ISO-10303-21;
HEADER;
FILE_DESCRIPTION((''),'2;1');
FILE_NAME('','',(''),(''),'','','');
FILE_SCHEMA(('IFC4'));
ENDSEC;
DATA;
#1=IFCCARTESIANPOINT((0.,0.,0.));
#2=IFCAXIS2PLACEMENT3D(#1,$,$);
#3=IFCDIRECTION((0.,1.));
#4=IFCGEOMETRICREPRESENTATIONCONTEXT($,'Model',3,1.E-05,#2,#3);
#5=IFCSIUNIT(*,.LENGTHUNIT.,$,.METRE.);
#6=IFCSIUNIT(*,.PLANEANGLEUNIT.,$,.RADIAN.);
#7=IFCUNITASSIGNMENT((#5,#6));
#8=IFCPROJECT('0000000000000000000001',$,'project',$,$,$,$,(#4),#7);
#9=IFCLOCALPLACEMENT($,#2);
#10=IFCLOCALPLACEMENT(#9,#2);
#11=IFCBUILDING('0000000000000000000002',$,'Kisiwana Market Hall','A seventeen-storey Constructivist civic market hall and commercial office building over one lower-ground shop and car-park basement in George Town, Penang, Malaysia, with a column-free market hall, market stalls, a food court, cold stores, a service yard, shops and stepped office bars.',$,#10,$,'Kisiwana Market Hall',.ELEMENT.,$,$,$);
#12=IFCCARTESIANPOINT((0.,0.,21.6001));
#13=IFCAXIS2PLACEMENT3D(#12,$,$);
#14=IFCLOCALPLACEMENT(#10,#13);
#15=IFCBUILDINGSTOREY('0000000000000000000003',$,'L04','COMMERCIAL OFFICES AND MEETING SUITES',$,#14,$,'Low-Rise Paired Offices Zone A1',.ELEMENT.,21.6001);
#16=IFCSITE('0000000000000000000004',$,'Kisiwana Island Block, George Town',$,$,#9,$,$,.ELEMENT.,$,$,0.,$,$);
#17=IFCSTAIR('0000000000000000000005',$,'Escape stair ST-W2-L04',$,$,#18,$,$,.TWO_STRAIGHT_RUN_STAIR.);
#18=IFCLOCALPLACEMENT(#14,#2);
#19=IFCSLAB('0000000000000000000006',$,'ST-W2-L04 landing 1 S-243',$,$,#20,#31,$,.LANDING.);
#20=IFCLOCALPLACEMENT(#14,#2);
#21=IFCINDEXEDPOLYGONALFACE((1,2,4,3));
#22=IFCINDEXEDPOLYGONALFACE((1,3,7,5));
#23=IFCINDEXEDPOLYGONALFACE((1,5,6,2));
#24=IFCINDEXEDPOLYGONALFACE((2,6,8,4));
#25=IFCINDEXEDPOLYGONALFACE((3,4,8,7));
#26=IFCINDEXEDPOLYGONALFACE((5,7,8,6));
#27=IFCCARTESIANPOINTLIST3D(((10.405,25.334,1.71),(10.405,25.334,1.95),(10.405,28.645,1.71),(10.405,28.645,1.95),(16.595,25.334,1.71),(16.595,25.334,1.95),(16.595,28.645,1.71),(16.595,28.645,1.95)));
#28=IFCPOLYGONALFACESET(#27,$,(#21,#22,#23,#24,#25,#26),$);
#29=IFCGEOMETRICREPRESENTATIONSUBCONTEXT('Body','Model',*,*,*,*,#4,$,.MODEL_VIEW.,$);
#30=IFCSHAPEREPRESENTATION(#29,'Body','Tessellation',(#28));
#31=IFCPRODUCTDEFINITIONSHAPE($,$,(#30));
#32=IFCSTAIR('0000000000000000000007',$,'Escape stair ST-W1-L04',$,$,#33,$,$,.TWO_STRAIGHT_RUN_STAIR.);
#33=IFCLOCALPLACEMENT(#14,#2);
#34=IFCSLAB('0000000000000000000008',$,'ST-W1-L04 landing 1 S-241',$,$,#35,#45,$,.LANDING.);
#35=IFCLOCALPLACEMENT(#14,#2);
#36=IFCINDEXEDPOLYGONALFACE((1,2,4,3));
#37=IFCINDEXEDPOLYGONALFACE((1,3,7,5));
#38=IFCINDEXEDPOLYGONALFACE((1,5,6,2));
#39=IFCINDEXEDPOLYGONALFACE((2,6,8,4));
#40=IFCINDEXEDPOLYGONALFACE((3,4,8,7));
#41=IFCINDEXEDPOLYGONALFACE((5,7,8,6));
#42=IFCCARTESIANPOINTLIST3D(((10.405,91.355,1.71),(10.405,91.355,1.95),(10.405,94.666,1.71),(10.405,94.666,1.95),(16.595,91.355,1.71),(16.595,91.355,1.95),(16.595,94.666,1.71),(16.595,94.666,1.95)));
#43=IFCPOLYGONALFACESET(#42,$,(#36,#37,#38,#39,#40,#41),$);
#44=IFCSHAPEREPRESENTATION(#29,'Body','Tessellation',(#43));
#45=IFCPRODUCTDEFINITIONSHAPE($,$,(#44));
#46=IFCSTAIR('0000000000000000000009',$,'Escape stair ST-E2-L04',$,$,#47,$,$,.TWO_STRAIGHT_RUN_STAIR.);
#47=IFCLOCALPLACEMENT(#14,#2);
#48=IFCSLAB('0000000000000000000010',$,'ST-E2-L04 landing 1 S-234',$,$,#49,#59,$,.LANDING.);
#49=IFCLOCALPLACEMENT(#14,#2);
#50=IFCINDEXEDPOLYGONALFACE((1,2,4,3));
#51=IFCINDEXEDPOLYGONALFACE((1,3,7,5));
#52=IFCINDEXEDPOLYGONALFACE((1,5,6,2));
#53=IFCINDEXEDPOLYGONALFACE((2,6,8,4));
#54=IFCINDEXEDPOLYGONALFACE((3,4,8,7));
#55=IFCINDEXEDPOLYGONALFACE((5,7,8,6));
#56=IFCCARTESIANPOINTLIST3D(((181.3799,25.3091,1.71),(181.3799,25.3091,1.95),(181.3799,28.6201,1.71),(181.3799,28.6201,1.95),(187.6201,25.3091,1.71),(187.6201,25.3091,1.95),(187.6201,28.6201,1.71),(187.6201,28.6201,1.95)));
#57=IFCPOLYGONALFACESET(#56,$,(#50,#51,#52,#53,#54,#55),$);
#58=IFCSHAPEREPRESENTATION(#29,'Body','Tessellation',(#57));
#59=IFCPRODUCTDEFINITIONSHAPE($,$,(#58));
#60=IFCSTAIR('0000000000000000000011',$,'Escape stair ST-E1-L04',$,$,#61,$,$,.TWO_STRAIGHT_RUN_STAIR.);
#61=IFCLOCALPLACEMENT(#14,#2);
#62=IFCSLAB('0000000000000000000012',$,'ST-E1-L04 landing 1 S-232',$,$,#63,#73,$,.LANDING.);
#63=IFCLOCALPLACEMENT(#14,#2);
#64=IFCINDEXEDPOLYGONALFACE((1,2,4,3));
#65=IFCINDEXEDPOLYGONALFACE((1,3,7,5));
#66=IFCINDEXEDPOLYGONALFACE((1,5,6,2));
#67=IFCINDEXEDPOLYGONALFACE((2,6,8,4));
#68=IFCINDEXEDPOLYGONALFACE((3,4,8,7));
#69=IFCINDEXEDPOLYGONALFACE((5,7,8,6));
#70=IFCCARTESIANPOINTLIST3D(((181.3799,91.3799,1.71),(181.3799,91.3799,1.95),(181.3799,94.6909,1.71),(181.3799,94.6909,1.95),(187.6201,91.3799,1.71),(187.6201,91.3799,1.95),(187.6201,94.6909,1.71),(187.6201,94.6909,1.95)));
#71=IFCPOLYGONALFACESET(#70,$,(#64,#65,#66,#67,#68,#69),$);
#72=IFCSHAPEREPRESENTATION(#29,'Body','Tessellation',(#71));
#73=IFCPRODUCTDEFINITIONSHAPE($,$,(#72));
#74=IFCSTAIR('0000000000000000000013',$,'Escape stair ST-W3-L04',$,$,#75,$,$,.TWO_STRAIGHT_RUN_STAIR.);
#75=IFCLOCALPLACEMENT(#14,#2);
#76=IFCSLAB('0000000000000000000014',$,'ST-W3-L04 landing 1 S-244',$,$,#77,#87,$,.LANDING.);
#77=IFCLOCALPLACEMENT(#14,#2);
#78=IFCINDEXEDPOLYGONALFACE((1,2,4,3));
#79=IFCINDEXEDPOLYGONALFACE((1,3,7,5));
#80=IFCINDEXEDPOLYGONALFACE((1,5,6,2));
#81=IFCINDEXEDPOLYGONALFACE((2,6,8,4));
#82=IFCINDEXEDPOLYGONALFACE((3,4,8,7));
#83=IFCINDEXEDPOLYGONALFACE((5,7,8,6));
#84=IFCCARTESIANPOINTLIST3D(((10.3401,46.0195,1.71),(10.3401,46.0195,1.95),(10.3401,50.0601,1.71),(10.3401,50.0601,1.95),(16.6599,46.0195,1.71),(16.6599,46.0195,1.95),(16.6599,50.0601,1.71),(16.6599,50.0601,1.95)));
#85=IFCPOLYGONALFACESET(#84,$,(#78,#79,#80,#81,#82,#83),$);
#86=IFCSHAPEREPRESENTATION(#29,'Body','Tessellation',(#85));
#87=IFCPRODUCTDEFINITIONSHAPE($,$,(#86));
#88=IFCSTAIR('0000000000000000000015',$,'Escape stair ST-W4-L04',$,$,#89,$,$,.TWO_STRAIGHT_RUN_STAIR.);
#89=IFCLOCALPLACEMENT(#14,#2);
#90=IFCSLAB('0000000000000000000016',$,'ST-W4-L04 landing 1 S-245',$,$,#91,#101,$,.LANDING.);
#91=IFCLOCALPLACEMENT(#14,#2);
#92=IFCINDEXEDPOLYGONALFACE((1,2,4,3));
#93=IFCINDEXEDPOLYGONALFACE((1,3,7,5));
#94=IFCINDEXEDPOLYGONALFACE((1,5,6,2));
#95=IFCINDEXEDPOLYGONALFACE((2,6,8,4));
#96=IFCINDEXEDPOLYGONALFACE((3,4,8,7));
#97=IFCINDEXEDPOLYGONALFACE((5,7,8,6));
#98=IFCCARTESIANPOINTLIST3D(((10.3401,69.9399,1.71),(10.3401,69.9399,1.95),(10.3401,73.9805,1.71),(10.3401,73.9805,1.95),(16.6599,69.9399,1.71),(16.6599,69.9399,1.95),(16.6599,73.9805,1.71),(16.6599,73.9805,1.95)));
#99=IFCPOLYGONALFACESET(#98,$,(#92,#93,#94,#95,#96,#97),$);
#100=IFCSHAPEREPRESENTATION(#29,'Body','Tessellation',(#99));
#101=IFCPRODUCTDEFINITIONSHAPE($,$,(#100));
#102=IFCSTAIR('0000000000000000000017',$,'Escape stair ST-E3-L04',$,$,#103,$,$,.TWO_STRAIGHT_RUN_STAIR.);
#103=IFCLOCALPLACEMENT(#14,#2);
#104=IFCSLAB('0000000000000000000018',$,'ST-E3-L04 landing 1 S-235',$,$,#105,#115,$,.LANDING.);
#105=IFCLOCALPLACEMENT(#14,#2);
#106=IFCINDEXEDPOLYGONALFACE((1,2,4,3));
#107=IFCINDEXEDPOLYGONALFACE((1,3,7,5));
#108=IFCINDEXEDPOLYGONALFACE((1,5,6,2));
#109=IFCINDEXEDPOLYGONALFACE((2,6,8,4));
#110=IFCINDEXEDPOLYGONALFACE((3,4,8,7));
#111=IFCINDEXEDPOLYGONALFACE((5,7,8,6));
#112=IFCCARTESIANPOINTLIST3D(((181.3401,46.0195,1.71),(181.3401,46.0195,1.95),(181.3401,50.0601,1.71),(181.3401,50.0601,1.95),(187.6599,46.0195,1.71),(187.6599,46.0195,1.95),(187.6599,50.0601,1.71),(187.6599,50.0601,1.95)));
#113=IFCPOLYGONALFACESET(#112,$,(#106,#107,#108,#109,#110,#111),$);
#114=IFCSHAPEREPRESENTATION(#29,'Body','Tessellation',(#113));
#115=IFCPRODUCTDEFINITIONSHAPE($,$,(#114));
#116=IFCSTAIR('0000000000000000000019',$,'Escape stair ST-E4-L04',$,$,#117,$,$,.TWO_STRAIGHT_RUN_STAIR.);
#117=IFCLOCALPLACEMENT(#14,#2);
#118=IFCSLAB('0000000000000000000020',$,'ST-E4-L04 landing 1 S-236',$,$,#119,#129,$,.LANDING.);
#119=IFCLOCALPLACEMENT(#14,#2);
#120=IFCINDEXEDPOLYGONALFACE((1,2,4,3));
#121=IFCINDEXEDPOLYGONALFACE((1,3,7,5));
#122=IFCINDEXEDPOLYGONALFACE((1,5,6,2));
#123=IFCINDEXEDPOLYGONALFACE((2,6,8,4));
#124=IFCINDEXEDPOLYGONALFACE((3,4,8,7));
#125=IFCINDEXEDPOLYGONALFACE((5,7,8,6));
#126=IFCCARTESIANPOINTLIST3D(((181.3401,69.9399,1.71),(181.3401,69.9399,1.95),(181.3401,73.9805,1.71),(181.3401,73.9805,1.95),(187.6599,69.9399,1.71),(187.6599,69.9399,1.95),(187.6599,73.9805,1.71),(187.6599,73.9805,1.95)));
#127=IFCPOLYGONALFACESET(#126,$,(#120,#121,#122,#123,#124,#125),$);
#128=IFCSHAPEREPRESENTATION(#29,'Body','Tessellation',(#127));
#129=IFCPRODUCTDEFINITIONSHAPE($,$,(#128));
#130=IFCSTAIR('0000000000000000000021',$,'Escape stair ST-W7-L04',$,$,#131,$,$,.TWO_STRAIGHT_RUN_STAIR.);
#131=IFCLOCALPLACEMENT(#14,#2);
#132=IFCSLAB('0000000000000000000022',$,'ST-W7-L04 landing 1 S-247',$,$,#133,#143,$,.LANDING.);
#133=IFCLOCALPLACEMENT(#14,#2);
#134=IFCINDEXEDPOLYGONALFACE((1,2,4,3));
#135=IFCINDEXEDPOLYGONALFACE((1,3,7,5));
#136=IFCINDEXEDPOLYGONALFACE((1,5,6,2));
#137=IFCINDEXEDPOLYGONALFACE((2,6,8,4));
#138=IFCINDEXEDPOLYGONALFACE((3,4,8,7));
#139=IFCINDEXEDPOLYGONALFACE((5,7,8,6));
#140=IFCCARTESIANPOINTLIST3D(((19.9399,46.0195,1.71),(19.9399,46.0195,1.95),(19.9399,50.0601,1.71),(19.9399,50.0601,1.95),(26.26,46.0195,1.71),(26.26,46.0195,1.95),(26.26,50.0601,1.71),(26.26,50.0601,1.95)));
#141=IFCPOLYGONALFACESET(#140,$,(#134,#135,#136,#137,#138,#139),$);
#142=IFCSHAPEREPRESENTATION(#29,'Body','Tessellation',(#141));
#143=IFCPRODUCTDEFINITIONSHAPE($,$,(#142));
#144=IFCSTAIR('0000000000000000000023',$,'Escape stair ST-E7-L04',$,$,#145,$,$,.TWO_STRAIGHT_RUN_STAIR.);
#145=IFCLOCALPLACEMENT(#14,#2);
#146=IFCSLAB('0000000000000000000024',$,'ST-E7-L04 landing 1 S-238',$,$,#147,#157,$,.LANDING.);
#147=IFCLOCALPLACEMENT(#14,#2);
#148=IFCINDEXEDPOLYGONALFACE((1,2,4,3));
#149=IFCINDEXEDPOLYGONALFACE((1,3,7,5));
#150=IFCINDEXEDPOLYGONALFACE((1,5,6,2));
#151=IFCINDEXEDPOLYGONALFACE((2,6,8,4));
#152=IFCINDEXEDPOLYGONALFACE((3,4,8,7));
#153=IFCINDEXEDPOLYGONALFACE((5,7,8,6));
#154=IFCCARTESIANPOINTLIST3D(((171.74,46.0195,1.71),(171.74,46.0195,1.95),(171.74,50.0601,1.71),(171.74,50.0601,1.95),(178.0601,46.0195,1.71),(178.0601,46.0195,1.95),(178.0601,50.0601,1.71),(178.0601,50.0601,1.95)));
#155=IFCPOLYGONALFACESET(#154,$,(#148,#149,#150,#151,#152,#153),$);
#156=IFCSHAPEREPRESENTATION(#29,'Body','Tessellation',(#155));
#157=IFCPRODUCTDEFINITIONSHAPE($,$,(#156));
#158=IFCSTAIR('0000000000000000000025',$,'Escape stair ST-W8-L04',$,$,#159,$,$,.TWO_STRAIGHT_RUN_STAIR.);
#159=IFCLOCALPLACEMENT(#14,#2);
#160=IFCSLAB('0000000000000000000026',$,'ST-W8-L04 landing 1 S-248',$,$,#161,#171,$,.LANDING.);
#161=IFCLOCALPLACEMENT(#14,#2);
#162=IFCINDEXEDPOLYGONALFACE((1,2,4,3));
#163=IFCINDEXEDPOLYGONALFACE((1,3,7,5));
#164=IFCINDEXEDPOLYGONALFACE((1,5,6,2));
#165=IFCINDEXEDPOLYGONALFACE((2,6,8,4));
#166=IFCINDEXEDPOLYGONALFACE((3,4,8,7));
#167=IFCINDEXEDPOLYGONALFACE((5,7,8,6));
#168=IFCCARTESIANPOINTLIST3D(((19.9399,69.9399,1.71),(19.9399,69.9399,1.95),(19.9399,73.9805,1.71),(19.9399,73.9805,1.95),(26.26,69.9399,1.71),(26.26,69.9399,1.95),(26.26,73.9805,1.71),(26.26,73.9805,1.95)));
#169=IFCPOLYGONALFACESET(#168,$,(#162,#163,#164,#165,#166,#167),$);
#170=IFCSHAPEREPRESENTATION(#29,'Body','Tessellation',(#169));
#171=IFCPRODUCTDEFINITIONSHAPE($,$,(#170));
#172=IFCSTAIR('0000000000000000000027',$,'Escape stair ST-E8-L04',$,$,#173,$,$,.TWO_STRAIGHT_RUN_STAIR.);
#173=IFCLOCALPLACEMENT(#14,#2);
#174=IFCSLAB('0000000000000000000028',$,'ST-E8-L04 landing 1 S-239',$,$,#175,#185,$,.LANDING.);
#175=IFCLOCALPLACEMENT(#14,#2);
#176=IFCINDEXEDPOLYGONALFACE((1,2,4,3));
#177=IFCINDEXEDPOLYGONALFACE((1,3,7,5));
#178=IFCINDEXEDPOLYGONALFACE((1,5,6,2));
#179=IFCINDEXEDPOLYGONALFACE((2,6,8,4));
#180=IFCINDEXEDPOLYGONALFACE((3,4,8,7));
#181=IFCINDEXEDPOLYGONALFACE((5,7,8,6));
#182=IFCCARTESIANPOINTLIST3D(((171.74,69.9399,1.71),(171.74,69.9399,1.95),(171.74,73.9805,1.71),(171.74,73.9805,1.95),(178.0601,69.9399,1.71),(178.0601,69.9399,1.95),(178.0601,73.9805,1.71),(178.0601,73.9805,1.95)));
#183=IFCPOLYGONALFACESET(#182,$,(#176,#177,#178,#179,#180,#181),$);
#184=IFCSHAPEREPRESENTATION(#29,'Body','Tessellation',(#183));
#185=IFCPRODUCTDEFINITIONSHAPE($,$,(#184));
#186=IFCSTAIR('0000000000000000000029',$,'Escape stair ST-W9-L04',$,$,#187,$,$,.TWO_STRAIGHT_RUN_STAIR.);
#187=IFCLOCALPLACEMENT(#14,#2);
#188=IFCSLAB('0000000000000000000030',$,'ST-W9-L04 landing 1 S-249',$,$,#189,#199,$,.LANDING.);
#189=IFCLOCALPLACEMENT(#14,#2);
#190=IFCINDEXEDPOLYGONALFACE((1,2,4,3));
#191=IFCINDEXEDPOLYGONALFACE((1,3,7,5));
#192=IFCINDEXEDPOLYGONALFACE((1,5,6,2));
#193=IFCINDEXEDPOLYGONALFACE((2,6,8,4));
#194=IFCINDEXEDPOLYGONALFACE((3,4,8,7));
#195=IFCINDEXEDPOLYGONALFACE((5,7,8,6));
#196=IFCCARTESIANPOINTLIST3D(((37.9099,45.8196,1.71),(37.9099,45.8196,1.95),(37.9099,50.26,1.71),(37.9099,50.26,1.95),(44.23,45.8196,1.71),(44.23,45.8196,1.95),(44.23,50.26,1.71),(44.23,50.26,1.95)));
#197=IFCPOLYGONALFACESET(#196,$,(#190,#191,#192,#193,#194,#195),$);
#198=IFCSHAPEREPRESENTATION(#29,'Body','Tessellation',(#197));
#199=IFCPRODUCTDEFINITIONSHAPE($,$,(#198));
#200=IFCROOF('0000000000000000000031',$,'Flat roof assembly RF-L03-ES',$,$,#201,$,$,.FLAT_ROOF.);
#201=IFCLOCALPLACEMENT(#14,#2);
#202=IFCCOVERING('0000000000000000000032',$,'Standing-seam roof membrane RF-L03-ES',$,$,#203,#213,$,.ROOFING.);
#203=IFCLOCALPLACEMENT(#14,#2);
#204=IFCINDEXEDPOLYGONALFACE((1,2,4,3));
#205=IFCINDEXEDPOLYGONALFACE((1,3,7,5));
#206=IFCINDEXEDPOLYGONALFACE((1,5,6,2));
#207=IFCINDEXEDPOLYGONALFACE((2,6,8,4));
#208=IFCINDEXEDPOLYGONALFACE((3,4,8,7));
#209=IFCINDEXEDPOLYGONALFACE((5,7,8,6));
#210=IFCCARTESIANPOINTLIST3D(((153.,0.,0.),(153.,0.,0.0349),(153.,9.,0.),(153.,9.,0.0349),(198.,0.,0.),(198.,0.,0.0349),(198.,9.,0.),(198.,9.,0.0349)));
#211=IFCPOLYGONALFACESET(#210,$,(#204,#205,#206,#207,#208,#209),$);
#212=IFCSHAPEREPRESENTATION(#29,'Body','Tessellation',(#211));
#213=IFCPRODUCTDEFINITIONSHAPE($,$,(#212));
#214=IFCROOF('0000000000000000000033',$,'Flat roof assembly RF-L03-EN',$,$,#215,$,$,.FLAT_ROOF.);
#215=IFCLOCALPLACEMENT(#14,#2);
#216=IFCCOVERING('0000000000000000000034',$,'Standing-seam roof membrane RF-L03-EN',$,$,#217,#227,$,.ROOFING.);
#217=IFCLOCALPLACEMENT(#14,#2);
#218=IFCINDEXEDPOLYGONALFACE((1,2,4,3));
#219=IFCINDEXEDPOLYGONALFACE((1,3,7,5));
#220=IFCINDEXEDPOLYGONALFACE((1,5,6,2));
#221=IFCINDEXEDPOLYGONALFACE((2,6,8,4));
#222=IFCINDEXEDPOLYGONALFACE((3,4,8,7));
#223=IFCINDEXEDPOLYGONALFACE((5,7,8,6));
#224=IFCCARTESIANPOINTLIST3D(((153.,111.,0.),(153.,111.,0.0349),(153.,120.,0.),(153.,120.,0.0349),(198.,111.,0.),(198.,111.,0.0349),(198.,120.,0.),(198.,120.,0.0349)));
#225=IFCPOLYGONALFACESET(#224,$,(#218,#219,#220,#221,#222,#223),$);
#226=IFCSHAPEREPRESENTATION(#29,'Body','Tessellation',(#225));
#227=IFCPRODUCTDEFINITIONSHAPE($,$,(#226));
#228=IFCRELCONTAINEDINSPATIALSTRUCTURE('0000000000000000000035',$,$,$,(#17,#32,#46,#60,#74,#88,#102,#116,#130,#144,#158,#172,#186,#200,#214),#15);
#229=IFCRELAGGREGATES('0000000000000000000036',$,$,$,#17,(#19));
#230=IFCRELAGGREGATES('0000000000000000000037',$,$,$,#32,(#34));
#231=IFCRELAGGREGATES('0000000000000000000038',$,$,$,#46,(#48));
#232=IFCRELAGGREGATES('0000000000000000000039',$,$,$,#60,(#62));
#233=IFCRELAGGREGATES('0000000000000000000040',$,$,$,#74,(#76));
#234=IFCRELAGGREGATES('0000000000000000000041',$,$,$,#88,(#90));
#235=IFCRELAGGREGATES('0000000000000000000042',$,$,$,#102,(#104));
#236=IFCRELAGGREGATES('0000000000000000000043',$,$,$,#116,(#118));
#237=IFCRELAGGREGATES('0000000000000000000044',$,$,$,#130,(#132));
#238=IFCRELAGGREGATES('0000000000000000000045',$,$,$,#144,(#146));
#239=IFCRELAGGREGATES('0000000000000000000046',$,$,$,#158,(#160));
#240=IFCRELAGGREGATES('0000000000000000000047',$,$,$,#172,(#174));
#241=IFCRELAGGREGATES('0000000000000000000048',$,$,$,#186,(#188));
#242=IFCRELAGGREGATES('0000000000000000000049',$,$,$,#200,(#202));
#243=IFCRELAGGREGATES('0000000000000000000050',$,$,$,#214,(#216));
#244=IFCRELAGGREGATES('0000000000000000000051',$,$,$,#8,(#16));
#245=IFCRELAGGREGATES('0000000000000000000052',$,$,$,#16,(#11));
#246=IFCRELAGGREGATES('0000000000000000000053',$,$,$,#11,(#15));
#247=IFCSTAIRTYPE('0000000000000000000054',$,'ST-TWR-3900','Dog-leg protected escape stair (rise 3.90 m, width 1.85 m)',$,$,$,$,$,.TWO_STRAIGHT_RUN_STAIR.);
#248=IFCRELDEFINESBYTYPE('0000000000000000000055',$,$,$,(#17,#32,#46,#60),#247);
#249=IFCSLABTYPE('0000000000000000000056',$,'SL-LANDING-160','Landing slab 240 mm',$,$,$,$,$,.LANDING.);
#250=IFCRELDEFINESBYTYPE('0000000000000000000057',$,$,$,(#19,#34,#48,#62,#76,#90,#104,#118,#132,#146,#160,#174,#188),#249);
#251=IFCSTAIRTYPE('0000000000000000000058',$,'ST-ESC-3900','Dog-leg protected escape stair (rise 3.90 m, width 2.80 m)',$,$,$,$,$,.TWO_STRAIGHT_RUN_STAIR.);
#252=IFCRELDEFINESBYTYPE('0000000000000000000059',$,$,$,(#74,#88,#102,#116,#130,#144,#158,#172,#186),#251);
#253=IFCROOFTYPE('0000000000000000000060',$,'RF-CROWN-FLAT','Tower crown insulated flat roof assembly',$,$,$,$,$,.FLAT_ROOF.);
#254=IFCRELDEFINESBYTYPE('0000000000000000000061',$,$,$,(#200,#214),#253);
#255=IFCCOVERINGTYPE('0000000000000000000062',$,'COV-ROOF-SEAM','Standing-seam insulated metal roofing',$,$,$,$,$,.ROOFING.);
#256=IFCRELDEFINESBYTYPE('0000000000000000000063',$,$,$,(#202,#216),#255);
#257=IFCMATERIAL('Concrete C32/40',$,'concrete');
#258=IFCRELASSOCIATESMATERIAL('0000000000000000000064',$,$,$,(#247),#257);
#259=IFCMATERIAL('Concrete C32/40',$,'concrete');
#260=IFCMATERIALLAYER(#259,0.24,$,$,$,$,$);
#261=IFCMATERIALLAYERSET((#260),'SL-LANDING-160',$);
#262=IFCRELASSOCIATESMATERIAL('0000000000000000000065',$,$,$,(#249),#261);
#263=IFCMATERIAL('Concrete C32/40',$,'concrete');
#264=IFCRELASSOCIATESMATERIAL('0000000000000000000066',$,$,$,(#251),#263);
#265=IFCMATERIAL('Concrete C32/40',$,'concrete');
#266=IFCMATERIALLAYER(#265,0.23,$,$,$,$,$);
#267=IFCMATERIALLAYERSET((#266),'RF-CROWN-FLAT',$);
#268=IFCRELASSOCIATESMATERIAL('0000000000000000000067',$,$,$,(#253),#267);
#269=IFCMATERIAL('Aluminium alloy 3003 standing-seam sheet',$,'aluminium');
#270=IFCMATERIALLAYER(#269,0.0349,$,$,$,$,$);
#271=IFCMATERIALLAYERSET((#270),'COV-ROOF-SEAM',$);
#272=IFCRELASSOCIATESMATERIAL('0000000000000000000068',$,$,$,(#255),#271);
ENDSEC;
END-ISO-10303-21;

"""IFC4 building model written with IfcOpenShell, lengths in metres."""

from ifc_helpers import new_model, si_unit, direction, frame, origin, place, context, subcontext, project, spatial, polyline, outline, extrude, material, layer, layer_set, type_object, element, aggregate, save


model = new_model("IFC4")

# Units and contexts
model_context = context("Model", 3, precision=1e-05, world=origin(), true_north=direction((0.0, 1.0)))
body_context = subcontext(model_context, "Body", "Model", "MODEL_VIEW")
ifc_project = project(units=[si_unit("LENGTHUNIT", "METRE"), si_unit("PLANEANGLEUNIT", "RADIAN")], contexts=[model_context])

# Site, building, storey
site_placement = place(None, origin())
site = spatial("IfcSite", under=ifc_project, at=site_placement, Name="Kisiwana Island Block, George Town", CompositionType="ELEMENT", RefElevation=0.0)
building_placement = place(site_placement, origin())
building = spatial("IfcBuilding", under=site, at=building_placement, Name="Kisiwana Market Hall", Description="A seventeen-storey Constructivist civic market hall and commercial office building over one lower-ground shop and car-park basement in George Town, Penang, Malaysia, with a column-free market hall, market stalls, a food court, cold stores, a service yard, shops and stepped office bars.", LongName="Kisiwana Market Hall", CompositionType="ELEMENT")
storey_placement = place(building_placement, frame((0.0, 0.0, 21.6001)))
storey = spatial("IfcBuildingStorey", under=building, at=storey_placement, Name="L04", Description="COMMERCIAL OFFICES AND MEETING SUITES", LongName="Low-Rise Paired Offices Zone A1", CompositionType="ELEMENT", Elevation=21.6001)

# Stairs, slabs
ifc_material_1 = material(Name="Concrete C32/40", Category="concrete")
stair_type_1 = type_object("IfcStairType", Name="ST-TWR-3900", Description="Dog-leg protected escape stair (rise 3.90 m, width 1.85 m)", PredefinedType="TWO_STRAIGHT_RUN_STAIR", material=ifc_material_1)
stair_1_placement = place(storey_placement, origin())
stair_1 = element("IfcStair", 1, at=stair_1_placement, inside=storey, type_object=stair_type_1, Name="Escape stair ST-W2-L04", PredefinedType="TWO_STRAIGHT_RUN_STAIR")
ifc_material_2 = material(Name="Concrete C32/40", Category="concrete")
ifc_layer_1 = layer(ifc_material_2, 0.24)
ifc_layer_set_1 = layer_set([ifc_layer_1], Name="SL-LANDING-160")
slab_type = type_object("IfcSlabType", Name="SL-LANDING-160", Description="Landing slab 240 mm", PredefinedType="LANDING", material=ifc_layer_set_1)
slab_1_placement = place(storey_placement, frame((0.0, 0.0, 1.71)))
slab_1 = element("IfcSlab", 2, at=slab_1_placement, type_object=slab_type, Name="ST-W2-L04 landing 1 S-243", PredefinedType="LANDING", context=body_context, shape_type="SweptSolid", body=[
    extrude(outline(polyline([(10.405, 25.334), (16.595, 25.334), (16.595, 28.645), (10.405, 28.645), (10.405, 25.334)])), origin(), (0.0, 0.0, 1.0), 0.24),
])
aggregate(stair_1, [slab_1])
stair_2_placement = place(storey_placement, origin())
stair_2 = element("IfcStair", 3, at=stair_2_placement, inside=storey, type_object=stair_type_1, Name="Escape stair ST-W1-L04", PredefinedType="TWO_STRAIGHT_RUN_STAIR")
slab_2_placement = place(storey_placement, frame((0.0, 0.0, 1.71)))
slab_2 = element("IfcSlab", 4, at=slab_2_placement, type_object=slab_type, Name="ST-W1-L04 landing 1 S-241", PredefinedType="LANDING", context=body_context, shape_type="SweptSolid", body=[
    extrude(outline(polyline([(10.405, 91.355), (16.595, 91.355), (16.595, 94.666), (10.405, 94.666), (10.405, 91.355)])), origin(), (0.0, 0.0, 1.0), 0.24),
])
aggregate(stair_2, [slab_2])
stair_3_placement = place(storey_placement, origin())
stair_3 = element("IfcStair", 5, at=stair_3_placement, inside=storey, type_object=stair_type_1, Name="Escape stair ST-E2-L04", PredefinedType="TWO_STRAIGHT_RUN_STAIR")
slab_3_placement = place(storey_placement, frame((0.0, 0.0, 1.71)))
slab_3 = element("IfcSlab", 6, at=slab_3_placement, type_object=slab_type, Name="ST-E2-L04 landing 1 S-234", PredefinedType="LANDING", context=body_context, shape_type="SweptSolid", body=[
    extrude(outline(polyline([(181.3799, 25.3091), (187.6201, 25.3091), (187.6201, 28.6201), (181.3799, 28.6201), (181.3799, 25.3091)])), origin(), (0.0, 0.0, 1.0), 0.24),
])
aggregate(stair_3, [slab_3])
stair_4_placement = place(storey_placement, origin())
stair_4 = element("IfcStair", 7, at=stair_4_placement, inside=storey, type_object=stair_type_1, Name="Escape stair ST-E1-L04", PredefinedType="TWO_STRAIGHT_RUN_STAIR")
slab_4_placement = place(storey_placement, frame((0.0, 0.0, 1.71)))
slab_4 = element("IfcSlab", 8, at=slab_4_placement, type_object=slab_type, Name="ST-E1-L04 landing 1 S-232", PredefinedType="LANDING", context=body_context, shape_type="SweptSolid", body=[
    extrude(outline(polyline([(181.3799, 91.3799), (187.6201, 91.3799), (187.6201, 94.6909), (181.3799, 94.6909), (181.3799, 91.3799)])), origin(), (0.0, 0.0, 1.0), 0.24),
])
aggregate(stair_4, [slab_4])
ifc_material_3 = material(Name="Concrete C32/40", Category="concrete")
stair_type_2 = type_object("IfcStairType", Name="ST-ESC-3900", Description="Dog-leg protected escape stair (rise 3.90 m, width 2.80 m)", PredefinedType="TWO_STRAIGHT_RUN_STAIR", material=ifc_material_3)
stair_5_placement = place(storey_placement, origin())
stair_5 = element("IfcStair", 9, at=stair_5_placement, inside=storey, type_object=stair_type_2, Name="Escape stair ST-W3-L04", PredefinedType="TWO_STRAIGHT_RUN_STAIR")
slab_5_placement = place(storey_placement, frame((0.0, 0.0, 1.71)))
slab_5 = element("IfcSlab", 10, at=slab_5_placement, type_object=slab_type, Name="ST-W3-L04 landing 1 S-244", PredefinedType="LANDING", context=body_context, shape_type="SweptSolid", body=[
    extrude(outline(polyline([(10.3401, 46.0195), (16.6599, 46.0195), (16.6599, 50.0601), (10.3401, 50.0601), (10.3401, 46.0195)])), origin(), (0.0, 0.0, 1.0), 0.24),
])
aggregate(stair_5, [slab_5])
stair_6_placement = place(storey_placement, origin())
stair_6 = element("IfcStair", 11, at=stair_6_placement, inside=storey, type_object=stair_type_2, Name="Escape stair ST-W4-L04", PredefinedType="TWO_STRAIGHT_RUN_STAIR")
slab_6_placement = place(storey_placement, frame((0.0, 0.0, 1.71)))
slab_6 = element("IfcSlab", 12, at=slab_6_placement, type_object=slab_type, Name="ST-W4-L04 landing 1 S-245", PredefinedType="LANDING", context=body_context, shape_type="SweptSolid", body=[
    extrude(outline(polyline([(10.3401, 69.9399), (16.6599, 69.9399), (16.6599, 73.9805), (10.3401, 73.9805), (10.3401, 69.9399)])), origin(), (0.0, 0.0, 1.0), 0.24),
])
aggregate(stair_6, [slab_6])
stair_7_placement = place(storey_placement, origin())
stair_7 = element("IfcStair", 13, at=stair_7_placement, inside=storey, type_object=stair_type_2, Name="Escape stair ST-E3-L04", PredefinedType="TWO_STRAIGHT_RUN_STAIR")
slab_7_placement = place(storey_placement, frame((0.0, 0.0, 1.71)))
slab_7 = element("IfcSlab", 14, at=slab_7_placement, type_object=slab_type, Name="ST-E3-L04 landing 1 S-235", PredefinedType="LANDING", context=body_context, shape_type="SweptSolid", body=[
    extrude(outline(polyline([(181.3401, 46.0195), (187.6599, 46.0195), (187.6599, 50.0601), (181.3401, 50.0601), (181.3401, 46.0195)])), origin(), (0.0, 0.0, 1.0), 0.24),
])
aggregate(stair_7, [slab_7])
stair_8_placement = place(storey_placement, origin())
stair_8 = element("IfcStair", 15, at=stair_8_placement, inside=storey, type_object=stair_type_2, Name="Escape stair ST-E4-L04", PredefinedType="TWO_STRAIGHT_RUN_STAIR")
slab_8_placement = place(storey_placement, frame((0.0, 0.0, 1.71)))
slab_8 = element("IfcSlab", 16, at=slab_8_placement, type_object=slab_type, Name="ST-E4-L04 landing 1 S-236", PredefinedType="LANDING", context=body_context, shape_type="SweptSolid", body=[
    extrude(outline(polyline([(181.3401, 69.9399), (187.6599, 69.9399), (187.6599, 73.9805), (181.3401, 73.9805), (181.3401, 69.9399)])), origin(), (0.0, 0.0, 1.0), 0.24),
])
aggregate(stair_8, [slab_8])
stair_9_placement = place(storey_placement, origin())
stair_9 = element("IfcStair", 17, at=stair_9_placement, inside=storey, type_object=stair_type_2, Name="Escape stair ST-W7-L04", PredefinedType="TWO_STRAIGHT_RUN_STAIR")
slab_9_placement = place(storey_placement, frame((0.0, 0.0, 1.71)))
slab_9 = element("IfcSlab", 18, at=slab_9_placement, type_object=slab_type, Name="ST-W7-L04 landing 1 S-247", PredefinedType="LANDING", context=body_context, shape_type="SweptSolid", body=[
    extrude(outline(polyline([(19.9399, 46.0195), (26.26, 46.0195), (26.26, 50.0601), (19.9399, 50.0601), (19.9399, 46.0195)])), origin(), (0.0, 0.0, 1.0), 0.24),
])
aggregate(stair_9, [slab_9])
stair_10_placement = place(storey_placement, origin())
stair_10 = element("IfcStair", 19, at=stair_10_placement, inside=storey, type_object=stair_type_2, Name="Escape stair ST-E7-L04", PredefinedType="TWO_STRAIGHT_RUN_STAIR")
slab_10_placement = place(storey_placement, frame((0.0, 0.0, 1.71)))
slab_10 = element("IfcSlab", 20, at=slab_10_placement, type_object=slab_type, Name="ST-E7-L04 landing 1 S-238", PredefinedType="LANDING", context=body_context, shape_type="SweptSolid", body=[
    extrude(outline(polyline([(171.74, 46.0195), (178.0601, 46.0195), (178.0601, 50.0601), (171.74, 50.0601), (171.74, 46.0195)])), origin(), (0.0, 0.0, 1.0), 0.24),
])
aggregate(stair_10, [slab_10])
stair_11_placement = place(storey_placement, origin())
stair_11 = element("IfcStair", 21, at=stair_11_placement, inside=storey, type_object=stair_type_2, Name="Escape stair ST-W8-L04", PredefinedType="TWO_STRAIGHT_RUN_STAIR")
slab_11_placement = place(storey_placement, frame((0.0, 0.0, 1.71)))
slab_11 = element("IfcSlab", 22, at=slab_11_placement, type_object=slab_type, Name="ST-W8-L04 landing 1 S-248", PredefinedType="LANDING", context=body_context, shape_type="SweptSolid", body=[
    extrude(outline(polyline([(19.9399, 69.9399), (26.26, 69.9399), (26.26, 73.9805), (19.9399, 73.9805), (19.9399, 69.9399)])), origin(), (0.0, 0.0, 1.0), 0.24),
])
aggregate(stair_11, [slab_11])
stair_12_placement = place(storey_placement, origin())
stair_12 = element("IfcStair", 23, at=stair_12_placement, inside=storey, type_object=stair_type_2, Name="Escape stair ST-E8-L04", PredefinedType="TWO_STRAIGHT_RUN_STAIR")
slab_12_placement = place(storey_placement, frame((0.0, 0.0, 1.71)))
slab_12 = element("IfcSlab", 24, at=slab_12_placement, type_object=slab_type, Name="ST-E8-L04 landing 1 S-239", PredefinedType="LANDING", context=body_context, shape_type="SweptSolid", body=[
    extrude(outline(polyline([(171.74, 69.9399), (178.0601, 69.9399), (178.0601, 73.9805), (171.74, 73.9805), (171.74, 69.9399)])), origin(), (0.0, 0.0, 1.0), 0.24),
])
aggregate(stair_12, [slab_12])
stair_13_placement = place(storey_placement, origin())
stair_13 = element("IfcStair", 25, at=stair_13_placement, inside=storey, type_object=stair_type_2, Name="Escape stair ST-W9-L04", PredefinedType="TWO_STRAIGHT_RUN_STAIR")
slab_13_placement = place(storey_placement, frame((0.0, 0.0, 1.71)))
slab_13 = element("IfcSlab", 26, at=slab_13_placement, type_object=slab_type, Name="ST-W9-L04 landing 1 S-249", PredefinedType="LANDING", context=body_context, shape_type="SweptSolid", body=[
    extrude(outline(polyline([(37.9099, 45.8196), (44.23, 45.8196), (44.23, 50.26), (37.9099, 50.26), (37.9099, 45.8196)])), origin(), (0.0, 0.0, 1.0), 0.24),
])
aggregate(stair_13, [slab_13])

# Roofs, coverings
ifc_material_4 = material(Name="Concrete C32/40", Category="concrete")
ifc_layer_2 = layer(ifc_material_4, 0.23)
ifc_layer_set_2 = layer_set([ifc_layer_2], Name="RF-CROWN-FLAT")
roof_type = type_object("IfcRoofType", Name="RF-CROWN-FLAT", Description="Tower crown insulated flat roof assembly", PredefinedType="FLAT_ROOF", material=ifc_layer_set_2)
roof_1_placement = place(storey_placement, origin())
roof_1 = element("IfcRoof", 27, at=roof_1_placement, inside=storey, type_object=roof_type, Name="Flat roof assembly RF-L03-ES", PredefinedType="FLAT_ROOF")
ifc_material_5 = material(Name="Aluminium alloy 3003 standing-seam sheet", Category="aluminium")
ifc_layer_3 = layer(ifc_material_5, 0.0349)
ifc_layer_set_3 = layer_set([ifc_layer_3], Name="COV-ROOF-SEAM")
covering_type = type_object("IfcCoveringType", Name="COV-ROOF-SEAM", Description="Standing-seam insulated metal roofing", PredefinedType="ROOFING", material=ifc_layer_set_3)
covering_1_placement = place(storey_placement, origin())
covering_1 = element("IfcCovering", 28, at=covering_1_placement, type_object=covering_type, Name="Standing-seam roof membrane RF-L03-ES", PredefinedType="ROOFING", context=body_context, shape_type="SweptSolid", body=[
    extrude(outline(polyline([(153.0, 0.0), (198.0, 0.0), (198.0, 9.0), (153.0, 9.0), (153.0, 0.0)])), origin(), (0.0, 0.0, 1.0), 0.0349),
])
aggregate(roof_1, [covering_1])
roof_2_placement = place(storey_placement, origin())
roof_2 = element("IfcRoof", 29, at=roof_2_placement, inside=storey, type_object=roof_type, Name="Flat roof assembly RF-L03-EN", PredefinedType="FLAT_ROOF")
covering_2_placement = place(storey_placement, origin())
covering_2 = element("IfcCovering", 30, at=covering_2_placement, type_object=covering_type, Name="Standing-seam roof membrane RF-L03-EN", PredefinedType="ROOFING", context=body_context, shape_type="SweptSolid", body=[
    extrude(outline(polyline([(153.0, 111.0), (198.0, 111.0), (198.0, 120.0), (153.0, 120.0), (153.0, 111.0)])), origin(), (0.0, 0.0, 1.0), 0.0349),
])
aggregate(roof_2, [covering_2])

save(model, "model.ifc")
